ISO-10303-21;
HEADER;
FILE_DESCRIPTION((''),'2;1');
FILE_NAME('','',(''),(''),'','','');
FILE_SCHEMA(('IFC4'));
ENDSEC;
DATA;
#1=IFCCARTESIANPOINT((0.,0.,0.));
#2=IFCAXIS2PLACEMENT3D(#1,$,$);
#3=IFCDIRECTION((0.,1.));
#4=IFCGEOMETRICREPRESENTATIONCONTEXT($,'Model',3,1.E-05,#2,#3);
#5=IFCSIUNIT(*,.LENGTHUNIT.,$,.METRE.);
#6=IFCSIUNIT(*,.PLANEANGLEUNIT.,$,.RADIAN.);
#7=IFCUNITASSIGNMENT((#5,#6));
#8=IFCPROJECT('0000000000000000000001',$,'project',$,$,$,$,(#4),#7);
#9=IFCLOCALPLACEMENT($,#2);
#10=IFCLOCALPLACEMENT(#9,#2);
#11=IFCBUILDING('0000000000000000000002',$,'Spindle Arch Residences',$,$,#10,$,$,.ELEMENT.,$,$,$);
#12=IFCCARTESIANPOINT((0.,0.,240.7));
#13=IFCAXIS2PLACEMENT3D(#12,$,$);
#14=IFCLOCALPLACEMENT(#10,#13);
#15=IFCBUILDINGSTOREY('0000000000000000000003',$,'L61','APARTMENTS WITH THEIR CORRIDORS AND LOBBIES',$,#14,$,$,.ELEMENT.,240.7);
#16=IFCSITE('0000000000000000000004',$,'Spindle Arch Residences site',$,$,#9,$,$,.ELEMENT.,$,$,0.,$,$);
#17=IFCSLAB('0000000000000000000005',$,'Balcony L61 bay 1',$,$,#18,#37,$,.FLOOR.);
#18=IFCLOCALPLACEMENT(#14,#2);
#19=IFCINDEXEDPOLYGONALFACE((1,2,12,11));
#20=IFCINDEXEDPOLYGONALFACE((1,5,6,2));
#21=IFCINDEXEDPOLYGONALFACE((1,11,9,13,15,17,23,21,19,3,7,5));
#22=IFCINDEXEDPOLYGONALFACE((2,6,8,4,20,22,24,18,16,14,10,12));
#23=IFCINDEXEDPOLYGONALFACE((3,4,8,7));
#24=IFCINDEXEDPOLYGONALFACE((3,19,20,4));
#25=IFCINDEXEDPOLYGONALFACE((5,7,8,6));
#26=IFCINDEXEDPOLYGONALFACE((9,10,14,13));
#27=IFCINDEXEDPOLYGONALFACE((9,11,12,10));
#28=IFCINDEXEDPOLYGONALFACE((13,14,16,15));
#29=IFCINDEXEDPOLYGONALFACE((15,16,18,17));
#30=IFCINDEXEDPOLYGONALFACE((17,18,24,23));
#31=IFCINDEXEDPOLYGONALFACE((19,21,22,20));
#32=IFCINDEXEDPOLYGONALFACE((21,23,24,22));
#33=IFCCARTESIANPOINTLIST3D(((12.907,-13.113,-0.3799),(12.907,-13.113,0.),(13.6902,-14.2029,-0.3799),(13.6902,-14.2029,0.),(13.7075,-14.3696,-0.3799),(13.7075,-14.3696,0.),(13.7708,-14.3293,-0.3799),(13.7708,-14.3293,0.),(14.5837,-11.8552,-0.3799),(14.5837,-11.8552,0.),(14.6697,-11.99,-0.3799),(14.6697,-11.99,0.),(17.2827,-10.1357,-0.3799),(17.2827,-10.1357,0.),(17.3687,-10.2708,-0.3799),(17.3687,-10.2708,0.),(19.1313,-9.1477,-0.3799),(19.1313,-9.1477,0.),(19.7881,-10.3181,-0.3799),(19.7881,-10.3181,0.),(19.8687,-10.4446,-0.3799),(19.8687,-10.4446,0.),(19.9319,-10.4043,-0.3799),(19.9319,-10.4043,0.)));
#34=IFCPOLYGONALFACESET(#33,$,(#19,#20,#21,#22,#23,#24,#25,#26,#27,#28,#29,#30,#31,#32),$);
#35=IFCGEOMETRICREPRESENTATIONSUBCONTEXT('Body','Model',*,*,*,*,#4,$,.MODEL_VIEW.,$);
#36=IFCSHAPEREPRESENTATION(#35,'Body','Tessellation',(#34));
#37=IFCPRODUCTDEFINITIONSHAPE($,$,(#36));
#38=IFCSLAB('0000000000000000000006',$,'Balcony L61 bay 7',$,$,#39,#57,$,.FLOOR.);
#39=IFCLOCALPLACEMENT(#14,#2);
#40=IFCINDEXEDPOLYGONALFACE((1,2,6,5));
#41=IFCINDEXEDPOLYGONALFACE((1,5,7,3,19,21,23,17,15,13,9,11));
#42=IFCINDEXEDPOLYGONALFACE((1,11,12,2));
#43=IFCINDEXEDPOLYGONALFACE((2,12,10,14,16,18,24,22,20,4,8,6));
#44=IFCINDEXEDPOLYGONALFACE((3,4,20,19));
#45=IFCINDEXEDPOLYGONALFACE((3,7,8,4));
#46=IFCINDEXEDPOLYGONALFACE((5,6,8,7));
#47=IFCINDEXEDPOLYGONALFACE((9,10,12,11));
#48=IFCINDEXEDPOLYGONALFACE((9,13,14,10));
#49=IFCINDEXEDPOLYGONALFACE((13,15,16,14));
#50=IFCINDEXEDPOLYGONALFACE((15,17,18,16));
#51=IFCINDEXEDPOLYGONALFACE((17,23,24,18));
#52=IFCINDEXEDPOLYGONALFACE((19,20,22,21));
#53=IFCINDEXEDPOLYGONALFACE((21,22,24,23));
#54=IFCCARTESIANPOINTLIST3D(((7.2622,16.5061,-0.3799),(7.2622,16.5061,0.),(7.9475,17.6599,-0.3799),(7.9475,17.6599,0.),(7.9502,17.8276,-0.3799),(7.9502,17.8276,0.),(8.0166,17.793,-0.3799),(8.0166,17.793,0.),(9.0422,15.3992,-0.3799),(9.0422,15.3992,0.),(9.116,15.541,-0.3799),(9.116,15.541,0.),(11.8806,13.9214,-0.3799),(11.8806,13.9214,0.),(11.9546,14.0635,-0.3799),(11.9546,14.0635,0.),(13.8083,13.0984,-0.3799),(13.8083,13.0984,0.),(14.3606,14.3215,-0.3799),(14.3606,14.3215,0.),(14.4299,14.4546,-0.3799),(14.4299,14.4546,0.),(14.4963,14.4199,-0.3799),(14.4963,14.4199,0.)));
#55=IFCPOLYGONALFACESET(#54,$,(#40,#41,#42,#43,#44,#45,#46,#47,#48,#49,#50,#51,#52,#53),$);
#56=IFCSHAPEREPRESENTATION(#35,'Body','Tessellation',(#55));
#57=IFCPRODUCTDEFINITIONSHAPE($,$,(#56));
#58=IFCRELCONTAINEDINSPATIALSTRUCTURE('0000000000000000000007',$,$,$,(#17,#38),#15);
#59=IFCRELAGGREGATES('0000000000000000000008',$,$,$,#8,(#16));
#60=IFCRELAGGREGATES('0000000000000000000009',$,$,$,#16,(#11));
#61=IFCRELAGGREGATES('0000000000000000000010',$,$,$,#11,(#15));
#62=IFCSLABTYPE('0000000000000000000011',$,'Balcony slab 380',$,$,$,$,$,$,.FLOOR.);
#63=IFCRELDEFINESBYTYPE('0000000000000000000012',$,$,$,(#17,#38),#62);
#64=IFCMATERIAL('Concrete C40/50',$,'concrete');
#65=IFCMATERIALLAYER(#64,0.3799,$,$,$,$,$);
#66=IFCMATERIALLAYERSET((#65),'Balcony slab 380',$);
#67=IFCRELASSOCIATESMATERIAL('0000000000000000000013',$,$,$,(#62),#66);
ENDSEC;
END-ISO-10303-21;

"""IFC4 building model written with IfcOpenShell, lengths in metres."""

from ifc_helpers import new_model, si_unit, direction, frame, origin, place, context, subcontext, project, spatial, polyline, outline, extrude, material, layer, layer_set, type_object, element, save


model = new_model("IFC4")

# Units and contexts
model_context = context("Model", 3, precision=1e-05, world=origin(), true_north=direction((0.0, 1.0)))
body_context = subcontext(model_context, "Body", "Model", "MODEL_VIEW")
ifc_project = project(units=[si_unit("LENGTHUNIT", "METRE"), si_unit("PLANEANGLEUNIT", "RADIAN")], contexts=[model_context])

# Site, building, storey
site_placement = place(None, origin())
site = spatial("IfcSite", under=ifc_project, at=site_placement, Name="Spindle Arch Residences site", CompositionType="ELEMENT", RefElevation=0.0)
building_placement = place(site_placement, origin())
building = spatial("IfcBuilding", under=site, at=building_placement, Name="Spindle Arch Residences", CompositionType="ELEMENT")
storey_placement = place(building_placement, frame((0.0, 0.0, 240.7)))
storey = spatial("IfcBuildingStorey", under=building, at=storey_placement, Name="L61", Description="APARTMENTS WITH THEIR CORRIDORS AND LOBBIES", CompositionType="ELEMENT", Elevation=240.7)

# Slabs
ifc_material_1 = material(Name="Concrete C40/50", Category="concrete")
ifc_layer_1 = layer(ifc_material_1, 0.3799)
ifc_layer_set_1 = layer_set([ifc_layer_1], Name="Balcony slab 380")
slab_type_1 = type_object("IfcSlabType", Name="Balcony slab 380", PredefinedType="FLOOR", material=ifc_layer_set_1)
slab_1_placement = place(storey_placement, frame((0.0, 0.0, -0.3799)))
element("IfcSlab", 1, at=slab_1_placement, inside=storey, type_object=slab_type_1, Name="Balcony L61 bay 1", PredefinedType="FLOOR", context=body_context, shape_type="SweptSolid", body=[
    extrude(outline(polyline([(13.7075, -14.3696), (13.7708, -14.3293), (13.6902, -14.2029), (19.7881, -10.3181), (19.8687, -10.4446), (19.9319, -10.4043), (19.1313, -9.1477), (17.3687, -10.2708), (17.2827, -10.1357), (14.5837, -11.8552), (14.6697, -11.99), (12.907, -13.113), (13.7075, -14.3696)])), origin(), (0.0, 0.0, 1.0), 0.3799),
])
slab_2_placement = place(storey_placement, frame((0.0, 0.0, -0.3799)))
element("IfcSlab", 2, at=slab_2_placement, inside=storey, type_object=slab_type_1, Name="Balcony L61 bay 7", PredefinedType="FLOOR", context=body_context, shape_type="SweptSolid", body=[
    extrude(outline(polyline([(14.4963, 14.4199), (14.4299, 14.4546), (14.3606, 14.3215), (7.9475, 17.6599), (8.0166, 17.793), (7.9502, 17.8276), (7.2622, 16.5061), (9.116, 15.541), (9.0422, 15.3992), (11.8806, 13.9214), (11.9546, 14.0635), (13.8083, 13.0984), (14.4963, 14.4199)])), origin(), (0.0, 0.0, 1.0), 0.3799),
])

save(model, "model.ifc")
